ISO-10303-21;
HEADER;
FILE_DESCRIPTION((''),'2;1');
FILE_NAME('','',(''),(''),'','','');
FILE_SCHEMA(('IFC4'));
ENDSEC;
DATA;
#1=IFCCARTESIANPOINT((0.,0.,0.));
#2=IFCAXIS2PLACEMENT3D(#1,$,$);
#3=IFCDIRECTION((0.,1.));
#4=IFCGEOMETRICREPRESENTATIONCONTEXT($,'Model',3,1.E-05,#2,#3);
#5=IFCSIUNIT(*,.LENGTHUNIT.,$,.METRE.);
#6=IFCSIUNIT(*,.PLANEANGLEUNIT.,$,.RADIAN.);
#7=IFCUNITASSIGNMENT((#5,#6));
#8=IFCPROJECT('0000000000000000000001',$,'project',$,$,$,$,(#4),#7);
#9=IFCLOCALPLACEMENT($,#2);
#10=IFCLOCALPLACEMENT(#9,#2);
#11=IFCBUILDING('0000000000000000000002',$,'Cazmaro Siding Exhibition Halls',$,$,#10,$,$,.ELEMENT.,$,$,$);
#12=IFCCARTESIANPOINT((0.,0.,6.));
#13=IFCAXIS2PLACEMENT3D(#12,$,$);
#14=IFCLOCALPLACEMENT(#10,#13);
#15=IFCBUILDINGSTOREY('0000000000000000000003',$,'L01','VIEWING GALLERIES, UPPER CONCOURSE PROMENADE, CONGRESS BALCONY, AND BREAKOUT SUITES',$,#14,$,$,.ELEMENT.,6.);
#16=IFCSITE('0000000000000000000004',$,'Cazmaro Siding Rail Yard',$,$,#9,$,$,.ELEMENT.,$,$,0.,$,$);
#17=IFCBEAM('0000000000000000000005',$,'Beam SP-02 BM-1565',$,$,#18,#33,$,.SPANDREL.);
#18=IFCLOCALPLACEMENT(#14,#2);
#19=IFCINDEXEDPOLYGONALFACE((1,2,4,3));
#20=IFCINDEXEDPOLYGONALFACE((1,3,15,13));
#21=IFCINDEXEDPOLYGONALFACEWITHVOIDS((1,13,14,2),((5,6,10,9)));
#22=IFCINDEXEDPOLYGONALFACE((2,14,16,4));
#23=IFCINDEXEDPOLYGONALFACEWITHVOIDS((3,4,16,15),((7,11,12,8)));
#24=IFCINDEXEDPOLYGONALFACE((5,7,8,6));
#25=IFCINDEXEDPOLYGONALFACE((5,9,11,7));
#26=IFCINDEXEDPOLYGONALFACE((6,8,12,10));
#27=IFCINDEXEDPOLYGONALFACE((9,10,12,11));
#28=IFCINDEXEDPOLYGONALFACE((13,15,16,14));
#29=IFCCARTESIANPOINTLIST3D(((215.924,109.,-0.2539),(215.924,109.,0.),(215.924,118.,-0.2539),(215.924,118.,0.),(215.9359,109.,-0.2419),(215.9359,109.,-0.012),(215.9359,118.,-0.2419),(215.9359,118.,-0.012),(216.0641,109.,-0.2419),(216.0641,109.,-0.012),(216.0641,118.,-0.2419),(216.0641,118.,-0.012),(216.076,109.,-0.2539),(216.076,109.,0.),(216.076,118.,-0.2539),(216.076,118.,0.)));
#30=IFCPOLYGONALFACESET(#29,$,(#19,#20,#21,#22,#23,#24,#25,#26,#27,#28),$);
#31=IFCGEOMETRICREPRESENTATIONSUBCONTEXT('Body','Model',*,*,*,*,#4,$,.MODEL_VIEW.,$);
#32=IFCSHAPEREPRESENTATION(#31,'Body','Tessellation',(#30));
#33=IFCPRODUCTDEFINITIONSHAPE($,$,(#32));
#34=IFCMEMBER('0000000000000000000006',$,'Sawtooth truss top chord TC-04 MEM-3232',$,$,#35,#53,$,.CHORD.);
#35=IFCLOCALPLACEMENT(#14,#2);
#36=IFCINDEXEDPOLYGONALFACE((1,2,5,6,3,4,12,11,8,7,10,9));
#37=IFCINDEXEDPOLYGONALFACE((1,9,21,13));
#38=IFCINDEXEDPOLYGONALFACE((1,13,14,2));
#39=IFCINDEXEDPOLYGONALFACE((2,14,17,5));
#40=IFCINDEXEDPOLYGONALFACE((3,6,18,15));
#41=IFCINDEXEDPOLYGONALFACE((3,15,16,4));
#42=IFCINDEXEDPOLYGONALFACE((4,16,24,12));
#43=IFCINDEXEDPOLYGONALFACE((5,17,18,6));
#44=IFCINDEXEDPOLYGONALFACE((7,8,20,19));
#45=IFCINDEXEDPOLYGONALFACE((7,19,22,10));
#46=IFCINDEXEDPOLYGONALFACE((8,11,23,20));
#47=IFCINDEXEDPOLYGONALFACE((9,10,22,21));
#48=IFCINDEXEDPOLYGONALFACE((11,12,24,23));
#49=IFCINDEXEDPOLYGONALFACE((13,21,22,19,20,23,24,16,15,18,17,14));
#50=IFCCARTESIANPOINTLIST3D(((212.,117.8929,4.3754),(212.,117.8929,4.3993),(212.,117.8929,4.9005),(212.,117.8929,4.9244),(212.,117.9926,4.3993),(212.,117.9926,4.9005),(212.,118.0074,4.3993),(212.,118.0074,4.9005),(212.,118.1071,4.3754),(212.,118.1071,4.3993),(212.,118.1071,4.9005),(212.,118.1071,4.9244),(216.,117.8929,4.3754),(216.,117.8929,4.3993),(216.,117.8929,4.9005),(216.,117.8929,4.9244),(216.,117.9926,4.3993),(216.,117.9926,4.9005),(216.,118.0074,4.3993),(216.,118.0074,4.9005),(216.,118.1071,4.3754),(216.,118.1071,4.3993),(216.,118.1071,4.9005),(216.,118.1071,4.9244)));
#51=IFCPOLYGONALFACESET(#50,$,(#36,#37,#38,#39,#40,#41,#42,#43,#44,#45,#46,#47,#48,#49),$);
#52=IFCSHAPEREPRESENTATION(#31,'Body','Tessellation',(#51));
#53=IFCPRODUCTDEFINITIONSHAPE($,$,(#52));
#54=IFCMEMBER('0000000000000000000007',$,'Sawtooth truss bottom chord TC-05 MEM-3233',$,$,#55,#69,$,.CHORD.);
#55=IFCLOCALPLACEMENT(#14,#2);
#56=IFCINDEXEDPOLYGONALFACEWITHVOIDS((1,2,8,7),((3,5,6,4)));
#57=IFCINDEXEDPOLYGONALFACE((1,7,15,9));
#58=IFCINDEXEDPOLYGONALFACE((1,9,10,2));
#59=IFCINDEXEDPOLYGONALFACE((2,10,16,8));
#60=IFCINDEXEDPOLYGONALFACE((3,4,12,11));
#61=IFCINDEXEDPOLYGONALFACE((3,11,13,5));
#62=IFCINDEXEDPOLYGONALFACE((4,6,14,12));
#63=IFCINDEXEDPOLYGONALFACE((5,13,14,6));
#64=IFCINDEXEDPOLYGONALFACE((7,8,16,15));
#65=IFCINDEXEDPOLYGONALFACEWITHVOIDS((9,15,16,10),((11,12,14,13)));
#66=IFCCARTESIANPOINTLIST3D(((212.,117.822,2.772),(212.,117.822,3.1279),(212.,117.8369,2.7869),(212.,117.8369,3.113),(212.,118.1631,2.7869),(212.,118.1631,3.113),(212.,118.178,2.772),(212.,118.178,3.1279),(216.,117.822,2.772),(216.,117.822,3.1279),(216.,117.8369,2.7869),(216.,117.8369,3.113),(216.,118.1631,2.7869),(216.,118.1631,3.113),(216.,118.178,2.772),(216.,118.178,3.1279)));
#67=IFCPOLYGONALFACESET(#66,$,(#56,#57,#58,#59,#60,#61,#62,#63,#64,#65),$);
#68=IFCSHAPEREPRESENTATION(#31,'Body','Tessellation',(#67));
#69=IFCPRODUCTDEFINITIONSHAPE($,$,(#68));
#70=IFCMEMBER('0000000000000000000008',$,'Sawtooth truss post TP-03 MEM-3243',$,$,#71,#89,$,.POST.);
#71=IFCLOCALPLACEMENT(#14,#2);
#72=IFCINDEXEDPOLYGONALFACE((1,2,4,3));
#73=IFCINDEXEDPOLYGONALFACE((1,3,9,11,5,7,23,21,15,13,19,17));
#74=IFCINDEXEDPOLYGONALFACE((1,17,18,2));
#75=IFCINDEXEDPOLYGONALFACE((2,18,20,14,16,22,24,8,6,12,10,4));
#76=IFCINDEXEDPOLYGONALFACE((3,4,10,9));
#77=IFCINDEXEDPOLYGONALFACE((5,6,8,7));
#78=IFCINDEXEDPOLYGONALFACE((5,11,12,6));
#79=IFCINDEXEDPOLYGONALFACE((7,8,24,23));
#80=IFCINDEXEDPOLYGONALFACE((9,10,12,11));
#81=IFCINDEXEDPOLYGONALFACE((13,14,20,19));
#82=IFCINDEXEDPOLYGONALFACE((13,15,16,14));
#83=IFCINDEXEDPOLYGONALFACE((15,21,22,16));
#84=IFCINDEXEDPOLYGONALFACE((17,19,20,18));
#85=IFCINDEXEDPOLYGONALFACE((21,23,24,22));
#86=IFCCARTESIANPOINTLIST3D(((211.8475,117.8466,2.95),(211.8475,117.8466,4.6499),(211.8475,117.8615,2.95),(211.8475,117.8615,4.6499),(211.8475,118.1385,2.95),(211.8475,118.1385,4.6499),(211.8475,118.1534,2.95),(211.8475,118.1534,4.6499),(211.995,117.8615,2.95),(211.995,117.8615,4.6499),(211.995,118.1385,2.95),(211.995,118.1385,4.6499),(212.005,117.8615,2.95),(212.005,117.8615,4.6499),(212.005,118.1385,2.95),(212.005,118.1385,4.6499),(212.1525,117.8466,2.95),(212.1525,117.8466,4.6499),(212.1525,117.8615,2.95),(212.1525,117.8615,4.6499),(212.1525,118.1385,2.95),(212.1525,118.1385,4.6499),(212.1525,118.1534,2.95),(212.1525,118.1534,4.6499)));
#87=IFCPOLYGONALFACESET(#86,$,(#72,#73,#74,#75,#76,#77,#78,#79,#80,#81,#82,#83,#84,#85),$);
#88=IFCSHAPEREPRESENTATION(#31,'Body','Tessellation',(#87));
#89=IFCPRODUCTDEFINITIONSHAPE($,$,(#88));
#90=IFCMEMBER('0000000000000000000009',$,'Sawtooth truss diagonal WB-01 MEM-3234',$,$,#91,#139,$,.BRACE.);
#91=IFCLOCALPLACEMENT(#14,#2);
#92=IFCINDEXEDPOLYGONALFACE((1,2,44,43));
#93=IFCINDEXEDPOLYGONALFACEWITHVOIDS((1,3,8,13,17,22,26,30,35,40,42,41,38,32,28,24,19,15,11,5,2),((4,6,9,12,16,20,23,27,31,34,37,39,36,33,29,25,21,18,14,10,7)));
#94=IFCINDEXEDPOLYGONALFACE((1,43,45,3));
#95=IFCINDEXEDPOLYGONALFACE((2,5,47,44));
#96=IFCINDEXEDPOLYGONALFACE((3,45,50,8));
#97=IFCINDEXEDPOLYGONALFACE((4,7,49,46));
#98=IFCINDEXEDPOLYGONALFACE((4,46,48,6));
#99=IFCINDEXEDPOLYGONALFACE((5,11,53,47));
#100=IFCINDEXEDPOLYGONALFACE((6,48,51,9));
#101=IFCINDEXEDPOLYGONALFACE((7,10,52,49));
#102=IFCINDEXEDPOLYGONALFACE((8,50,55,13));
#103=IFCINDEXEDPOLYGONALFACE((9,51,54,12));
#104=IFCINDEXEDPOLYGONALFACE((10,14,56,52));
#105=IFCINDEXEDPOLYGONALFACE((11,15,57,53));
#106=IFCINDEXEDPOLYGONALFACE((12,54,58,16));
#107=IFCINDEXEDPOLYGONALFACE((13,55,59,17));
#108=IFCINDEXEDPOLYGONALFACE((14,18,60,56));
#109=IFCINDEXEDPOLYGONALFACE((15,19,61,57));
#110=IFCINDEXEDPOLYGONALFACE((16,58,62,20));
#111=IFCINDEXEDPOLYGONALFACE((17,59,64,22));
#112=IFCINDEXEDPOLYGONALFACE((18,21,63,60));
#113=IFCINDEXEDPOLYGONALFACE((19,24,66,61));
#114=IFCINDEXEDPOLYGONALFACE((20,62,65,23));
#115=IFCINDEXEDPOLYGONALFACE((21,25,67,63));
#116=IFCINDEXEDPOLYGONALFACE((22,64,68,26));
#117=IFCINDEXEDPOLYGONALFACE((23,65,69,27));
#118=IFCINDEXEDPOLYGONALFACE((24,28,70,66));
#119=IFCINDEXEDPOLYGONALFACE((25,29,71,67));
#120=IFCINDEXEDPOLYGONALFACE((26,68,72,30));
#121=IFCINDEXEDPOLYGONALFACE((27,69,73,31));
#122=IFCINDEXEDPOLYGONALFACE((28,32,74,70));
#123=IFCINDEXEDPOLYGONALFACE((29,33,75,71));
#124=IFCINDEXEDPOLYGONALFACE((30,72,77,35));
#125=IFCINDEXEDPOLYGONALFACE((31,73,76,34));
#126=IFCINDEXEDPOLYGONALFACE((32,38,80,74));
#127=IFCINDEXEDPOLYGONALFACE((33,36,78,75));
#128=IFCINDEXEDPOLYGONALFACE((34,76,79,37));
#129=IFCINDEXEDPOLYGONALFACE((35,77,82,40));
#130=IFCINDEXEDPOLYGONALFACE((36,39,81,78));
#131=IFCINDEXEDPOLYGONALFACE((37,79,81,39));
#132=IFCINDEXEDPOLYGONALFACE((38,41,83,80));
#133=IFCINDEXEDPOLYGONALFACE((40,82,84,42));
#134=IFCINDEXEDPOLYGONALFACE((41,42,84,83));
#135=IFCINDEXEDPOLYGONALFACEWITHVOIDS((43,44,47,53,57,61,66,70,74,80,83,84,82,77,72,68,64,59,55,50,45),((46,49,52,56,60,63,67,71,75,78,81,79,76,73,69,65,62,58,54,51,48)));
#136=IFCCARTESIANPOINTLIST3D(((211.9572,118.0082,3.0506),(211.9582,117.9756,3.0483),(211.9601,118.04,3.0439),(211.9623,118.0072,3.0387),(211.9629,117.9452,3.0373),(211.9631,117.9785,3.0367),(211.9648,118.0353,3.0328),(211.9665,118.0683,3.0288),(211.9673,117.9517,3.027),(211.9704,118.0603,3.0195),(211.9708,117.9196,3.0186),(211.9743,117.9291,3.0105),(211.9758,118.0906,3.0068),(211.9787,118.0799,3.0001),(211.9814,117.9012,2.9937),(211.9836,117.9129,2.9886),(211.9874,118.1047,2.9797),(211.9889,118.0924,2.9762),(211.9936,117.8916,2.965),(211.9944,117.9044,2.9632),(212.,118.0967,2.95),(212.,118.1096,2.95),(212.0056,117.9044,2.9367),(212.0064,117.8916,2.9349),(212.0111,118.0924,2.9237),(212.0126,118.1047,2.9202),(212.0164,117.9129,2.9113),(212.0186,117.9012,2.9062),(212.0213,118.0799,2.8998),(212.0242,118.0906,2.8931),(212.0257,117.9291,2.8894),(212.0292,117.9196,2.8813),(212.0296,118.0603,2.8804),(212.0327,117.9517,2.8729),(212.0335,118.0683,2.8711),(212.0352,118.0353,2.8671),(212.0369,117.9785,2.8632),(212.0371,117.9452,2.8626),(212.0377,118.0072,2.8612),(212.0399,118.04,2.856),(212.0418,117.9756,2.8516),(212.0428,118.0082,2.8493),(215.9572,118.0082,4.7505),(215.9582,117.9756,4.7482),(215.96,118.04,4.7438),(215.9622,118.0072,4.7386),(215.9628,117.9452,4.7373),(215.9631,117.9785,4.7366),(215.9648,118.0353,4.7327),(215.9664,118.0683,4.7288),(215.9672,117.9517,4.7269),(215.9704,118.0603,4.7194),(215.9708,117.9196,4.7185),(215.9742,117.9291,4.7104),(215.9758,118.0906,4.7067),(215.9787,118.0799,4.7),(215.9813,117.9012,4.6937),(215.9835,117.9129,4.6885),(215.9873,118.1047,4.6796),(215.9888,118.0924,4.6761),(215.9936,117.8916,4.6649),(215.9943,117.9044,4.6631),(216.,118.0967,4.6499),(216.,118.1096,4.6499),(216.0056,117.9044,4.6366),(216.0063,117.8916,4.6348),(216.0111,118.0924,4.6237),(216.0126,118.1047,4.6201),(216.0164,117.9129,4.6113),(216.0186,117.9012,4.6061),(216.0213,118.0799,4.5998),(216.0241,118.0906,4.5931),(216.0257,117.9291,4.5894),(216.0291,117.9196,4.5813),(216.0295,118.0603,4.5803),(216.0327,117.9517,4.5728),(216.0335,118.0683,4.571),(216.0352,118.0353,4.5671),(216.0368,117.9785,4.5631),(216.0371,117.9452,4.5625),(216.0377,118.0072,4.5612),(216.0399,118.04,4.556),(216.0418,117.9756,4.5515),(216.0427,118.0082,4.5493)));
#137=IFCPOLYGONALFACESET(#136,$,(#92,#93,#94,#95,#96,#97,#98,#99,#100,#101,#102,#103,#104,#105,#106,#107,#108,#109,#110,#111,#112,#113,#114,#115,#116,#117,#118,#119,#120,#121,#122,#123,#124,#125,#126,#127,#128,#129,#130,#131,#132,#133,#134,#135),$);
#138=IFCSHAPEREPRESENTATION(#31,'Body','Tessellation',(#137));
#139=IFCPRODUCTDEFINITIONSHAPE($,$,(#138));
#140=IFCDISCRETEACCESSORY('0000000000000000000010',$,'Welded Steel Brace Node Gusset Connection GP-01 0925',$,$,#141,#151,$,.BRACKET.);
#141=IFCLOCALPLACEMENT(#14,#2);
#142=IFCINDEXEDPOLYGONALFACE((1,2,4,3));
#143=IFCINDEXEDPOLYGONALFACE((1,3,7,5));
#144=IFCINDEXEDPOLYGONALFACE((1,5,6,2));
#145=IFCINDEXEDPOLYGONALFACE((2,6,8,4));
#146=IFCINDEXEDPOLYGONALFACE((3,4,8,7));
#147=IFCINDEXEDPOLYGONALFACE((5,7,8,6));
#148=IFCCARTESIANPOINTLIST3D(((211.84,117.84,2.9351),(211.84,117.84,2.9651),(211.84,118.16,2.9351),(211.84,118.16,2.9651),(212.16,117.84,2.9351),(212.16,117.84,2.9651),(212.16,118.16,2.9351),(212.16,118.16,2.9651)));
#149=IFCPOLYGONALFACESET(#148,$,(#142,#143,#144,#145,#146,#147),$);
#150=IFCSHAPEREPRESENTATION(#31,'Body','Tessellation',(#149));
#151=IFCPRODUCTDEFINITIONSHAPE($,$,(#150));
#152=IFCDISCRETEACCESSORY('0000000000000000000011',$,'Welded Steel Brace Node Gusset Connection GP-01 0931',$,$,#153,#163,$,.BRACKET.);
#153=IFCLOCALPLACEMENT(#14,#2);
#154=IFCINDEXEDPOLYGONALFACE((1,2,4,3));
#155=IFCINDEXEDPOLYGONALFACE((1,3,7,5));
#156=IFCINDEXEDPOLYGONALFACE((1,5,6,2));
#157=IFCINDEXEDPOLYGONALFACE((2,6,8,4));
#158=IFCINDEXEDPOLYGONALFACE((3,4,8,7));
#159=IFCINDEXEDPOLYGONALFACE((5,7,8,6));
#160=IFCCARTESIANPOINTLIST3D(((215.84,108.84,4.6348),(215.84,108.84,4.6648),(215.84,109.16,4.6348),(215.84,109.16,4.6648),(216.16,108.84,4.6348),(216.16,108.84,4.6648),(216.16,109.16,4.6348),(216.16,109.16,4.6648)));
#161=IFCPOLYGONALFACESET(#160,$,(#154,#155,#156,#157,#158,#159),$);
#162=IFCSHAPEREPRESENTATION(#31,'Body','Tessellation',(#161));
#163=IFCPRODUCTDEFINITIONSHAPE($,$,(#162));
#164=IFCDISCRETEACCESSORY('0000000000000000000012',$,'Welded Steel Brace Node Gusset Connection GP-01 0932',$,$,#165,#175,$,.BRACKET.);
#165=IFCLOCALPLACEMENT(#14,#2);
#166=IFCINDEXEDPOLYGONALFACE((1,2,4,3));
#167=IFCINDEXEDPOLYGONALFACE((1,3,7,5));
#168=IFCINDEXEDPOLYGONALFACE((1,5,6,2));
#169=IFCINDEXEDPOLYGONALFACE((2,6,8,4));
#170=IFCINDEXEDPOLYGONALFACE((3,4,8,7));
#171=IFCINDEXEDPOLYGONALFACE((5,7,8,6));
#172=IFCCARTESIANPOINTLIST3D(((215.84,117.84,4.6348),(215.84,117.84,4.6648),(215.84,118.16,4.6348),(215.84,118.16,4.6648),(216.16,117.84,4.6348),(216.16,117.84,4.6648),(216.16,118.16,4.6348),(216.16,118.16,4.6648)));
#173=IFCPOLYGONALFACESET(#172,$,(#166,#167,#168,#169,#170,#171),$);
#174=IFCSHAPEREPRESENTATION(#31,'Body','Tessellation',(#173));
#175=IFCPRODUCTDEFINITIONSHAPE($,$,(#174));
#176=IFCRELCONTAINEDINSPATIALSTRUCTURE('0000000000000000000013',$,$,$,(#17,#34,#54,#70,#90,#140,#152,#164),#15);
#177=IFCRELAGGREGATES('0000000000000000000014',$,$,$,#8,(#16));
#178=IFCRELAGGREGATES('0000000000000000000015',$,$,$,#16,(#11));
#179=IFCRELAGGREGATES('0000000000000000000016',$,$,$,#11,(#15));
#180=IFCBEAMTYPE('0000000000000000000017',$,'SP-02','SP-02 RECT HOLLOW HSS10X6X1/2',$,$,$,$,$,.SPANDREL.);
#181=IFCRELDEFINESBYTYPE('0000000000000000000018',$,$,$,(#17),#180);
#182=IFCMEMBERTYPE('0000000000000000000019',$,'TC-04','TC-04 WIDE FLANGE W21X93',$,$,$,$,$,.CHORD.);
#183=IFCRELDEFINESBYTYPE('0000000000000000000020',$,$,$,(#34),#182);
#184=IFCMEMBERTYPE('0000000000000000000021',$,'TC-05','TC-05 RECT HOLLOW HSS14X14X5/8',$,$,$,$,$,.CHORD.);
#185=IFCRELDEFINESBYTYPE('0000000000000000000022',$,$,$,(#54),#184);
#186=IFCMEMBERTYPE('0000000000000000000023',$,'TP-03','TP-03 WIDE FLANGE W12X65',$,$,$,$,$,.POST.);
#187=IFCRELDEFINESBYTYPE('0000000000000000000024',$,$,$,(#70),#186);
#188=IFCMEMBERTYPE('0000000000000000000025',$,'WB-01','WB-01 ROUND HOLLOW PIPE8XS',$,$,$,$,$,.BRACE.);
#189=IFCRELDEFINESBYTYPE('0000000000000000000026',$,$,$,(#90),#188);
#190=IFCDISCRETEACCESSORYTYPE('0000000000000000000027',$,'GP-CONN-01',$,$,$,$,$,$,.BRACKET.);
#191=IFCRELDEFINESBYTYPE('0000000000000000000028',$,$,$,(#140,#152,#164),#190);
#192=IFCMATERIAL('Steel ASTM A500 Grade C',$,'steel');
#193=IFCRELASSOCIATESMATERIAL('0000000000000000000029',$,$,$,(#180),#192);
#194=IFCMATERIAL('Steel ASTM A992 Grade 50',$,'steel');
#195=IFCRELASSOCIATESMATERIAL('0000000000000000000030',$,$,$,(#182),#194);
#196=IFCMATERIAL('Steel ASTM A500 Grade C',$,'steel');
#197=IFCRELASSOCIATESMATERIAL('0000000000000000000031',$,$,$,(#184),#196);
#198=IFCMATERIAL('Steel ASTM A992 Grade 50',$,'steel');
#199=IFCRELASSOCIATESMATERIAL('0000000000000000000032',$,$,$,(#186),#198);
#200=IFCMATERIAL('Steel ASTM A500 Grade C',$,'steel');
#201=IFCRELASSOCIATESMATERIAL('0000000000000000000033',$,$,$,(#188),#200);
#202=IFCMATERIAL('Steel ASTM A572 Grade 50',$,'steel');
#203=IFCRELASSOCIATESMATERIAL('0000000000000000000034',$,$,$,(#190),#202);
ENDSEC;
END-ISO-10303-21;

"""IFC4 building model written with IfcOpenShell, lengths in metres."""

from ifc_helpers import new_model, si_unit, direction, frame, origin, origin_2d, place, context, subcontext, project, spatial, rectangle, hollow_rectangle, hollow_circle, i_section, extrude, material, material_profile, profile_set, type_object, element, save


model = new_model("IFC4")

# Units and contexts
model_context = context("Model", 3, precision=1e-05, world=origin(), true_north=direction((0.0, 1.0)))
body_context = subcontext(model_context, "Body", "Model", "MODEL_VIEW")
ifc_project = project(units=[si_unit("LENGTHUNIT", "METRE"), si_unit("PLANEANGLEUNIT", "RADIAN")], contexts=[model_context])

# Site, building, storey
site_placement = place(None, origin())
site = spatial("IfcSite", under=ifc_project, at=site_placement, Name="Cazmaro Siding Rail Yard", CompositionType="ELEMENT", RefElevation=0.0)
building_placement = place(site_placement, origin())
building = spatial("IfcBuilding", under=site, at=building_placement, Name="Cazmaro Siding Exhibition Halls", CompositionType="ELEMENT")
storey_placement = place(building_placement, frame((0.0, 0.0, 6.0)))
storey = spatial("IfcBuildingStorey", under=building, at=storey_placement, Name="L01", Description="VIEWING GALLERIES, UPPER CONCOURSE PROMENADE, CONGRESS BALCONY, AND BREAKOUT SUITES", CompositionType="ELEMENT", Elevation=6.0)

# Beam
ifc_material_1 = material(Name="Steel ASTM A500 Grade C", Category="steel")
ifc_material_profile_1 = material_profile(ifc_material_1, hollow_rectangle(XDim=0.1521, YDim=0.2539, WallThickness=0.012, at=origin_2d()), Name="HSS10X6X1/2")
ifc_profile_set_1 = profile_set([ifc_material_profile_1], Name="Steel ASTM A500 Grade C")
beam_type_1 = type_object("IfcBeamType", Name="SP-02", Description="SP-02 RECT HOLLOW HSS10X6X1/2", PredefinedType="SPANDREL", material=ifc_profile_set_1)
beam_1_placement = place(storey_placement, frame((216.0, 109.0, -0.127), z_axis=(0.0, 1.0, 0.0), x_axis=(-1.0, 0.0, 0.0)))
element("IfcBeam", 1, at=beam_1_placement, inside=storey, type_object=beam_type_1, Name="Beam SP-02 BM-1565", PredefinedType="SPANDREL", context=body_context, shape_type="SweptSolid", body=[
    extrude(hollow_rectangle(XDim=0.1521, YDim=0.2539, WallThickness=0.012, at=origin_2d()), origin(), (0.0, 0.0, 1.0), 9.0),
])

# Members
ifc_material_2 = material(Name="Steel ASTM A992 Grade 50", Category="steel")
ifc_material_profile_2 = material_profile(ifc_material_2, i_section(OverallWidth=0.2141, OverallDepth=0.5491, WebThickness=0.0149, FlangeThickness=0.0239, at=origin_2d()), Name="W21X93")
ifc_profile_set_2 = profile_set([ifc_material_profile_2], Name="Steel ASTM A992 Grade 50")
member_type_1 = type_object("IfcMemberType", Name="TC-04", Description="TC-04 WIDE FLANGE W21X93", PredefinedType="CHORD", material=ifc_profile_set_2)
member_1_placement = place(storey_placement, frame((212.0, 118.0, 4.6499), z_axis=(1.0, 0.0, 0.0), x_axis=(0.0, 1.0, 0.0)))
element("IfcMember", 2, at=member_1_placement, inside=storey, type_object=member_type_1, Name="Sawtooth truss top chord TC-04 MEM-3232", PredefinedType="CHORD", context=body_context, shape_type="SweptSolid", body=[
    extrude(i_section(OverallWidth=0.2141, OverallDepth=0.5491, WebThickness=0.0149, FlangeThickness=0.0239, at=origin_2d()), origin(), (0.0, 0.0, 1.0), 4.0),
])
ifc_material_3 = material(Name="Steel ASTM A500 Grade C", Category="steel")
ifc_material_profile_3 = material_profile(ifc_material_3, hollow_rectangle(XDim=0.356, YDim=0.356, WallThickness=0.0149, at=origin_2d()), Name="HSS14X14X5/8")
ifc_profile_set_3 = profile_set([ifc_material_profile_3], Name="Steel ASTM A500 Grade C")
member_type_2 = type_object("IfcMemberType", Name="TC-05", Description="TC-05 RECT HOLLOW HSS14X14X5/8", PredefinedType="CHORD", material=ifc_profile_set_3)
member_2_placement = place(storey_placement, frame((212.0, 118.0, 2.95), z_axis=(1.0, 0.0, 0.0), x_axis=(0.0, 1.0, 0.0)))
element("IfcMember", 3, at=member_2_placement, inside=storey, type_object=member_type_2, Name="Sawtooth truss bottom chord TC-05 MEM-3233", PredefinedType="CHORD", context=body_context, shape_type="SweptSolid", body=[
    extrude(hollow_rectangle(XDim=0.356, YDim=0.356, WallThickness=0.0149, at=origin_2d()), origin(), (0.0, 0.0, 1.0), 4.0),
])
ifc_material_4 = material(Name="Steel ASTM A992 Grade 50", Category="steel")
ifc_material_profile_4 = material_profile(ifc_material_4, i_section(OverallWidth=0.3049, OverallDepth=0.3069, WebThickness=0.01, FlangeThickness=0.0149, at=origin_2d()), Name="W12X65")
ifc_profile_set_4 = profile_set([ifc_material_profile_4], Name="Steel ASTM A992 Grade 50")
member_type_3 = type_object("IfcMemberType", Name="TP-03", Description="TP-03 WIDE FLANGE W12X65", PredefinedType="POST", material=ifc_profile_set_4)
member_3_placement = place(storey_placement, frame((212.0, 118.0, 2.95), z_axis=(0.0, 0.0, 1.0), x_axis=(1.0, 0.0, 0.0)))
element("IfcMember", 4, at=member_3_placement, inside=storey, type_object=member_type_3, Name="Sawtooth truss post TP-03 MEM-3243", PredefinedType="POST", context=body_context, shape_type="SweptSolid", body=[
    extrude(i_section(OverallWidth=0.3049, OverallDepth=0.3069, WebThickness=0.01, FlangeThickness=0.0149, at=origin_2d()), origin(), (0.0, 0.0, 1.0), 1.7),
])
ifc_material_5 = material(Name="Steel ASTM A500 Grade C", Category="steel")
ifc_material_profile_5 = material_profile(ifc_material_5, hollow_circle(Radius=0.1096, WallThickness=0.0129, at=origin_2d()), Name="PIPE8XS")
ifc_profile_set_5 = profile_set([ifc_material_profile_5], Name="Steel ASTM A500 Grade C")
member_type_4 = type_object("IfcMemberType", Name="WB-01", Description="WB-01 ROUND HOLLOW PIPE8XS", PredefinedType="BRACE", material=ifc_profile_set_5)
member_4_placement = place(storey_placement, frame((212.0, 118.0, 2.95), z_axis=(0.920335, 0.0, 0.391131), x_axis=(0.0, 1.0, 0.0)))
element("IfcMember", 5, at=member_4_placement, inside=storey, type_object=member_type_4, Name="Sawtooth truss diagonal WB-01 MEM-3234", PredefinedType="BRACE", context=body_context, shape_type="SweptSolid", body=[
    extrude(hollow_circle(Radius=0.1096, WallThickness=0.0129, at=origin_2d()), origin(), (0.0, 0.0, 1.0), 4.3462),
])

# Discrete accessories
ifc_material_6 = material(Name="Steel ASTM A572 Grade 50", Category="steel")
discrete_accessory_type = type_object("IfcDiscreteAccessoryType", Name="GP-CONN-01", PredefinedType="BRACKET", material=ifc_material_6)
for number, where, z_axis, x_axis, name in (
    (6, (212.0, 118.0, 2.9351), (0.0, 0.0, 1.0), (1.0, 0.0, 0.0), "Welded Steel Brace Node Gusset Connection GP-01 0925"),
    (7, (216.0, 109.0, 4.6348), (0.0, 0.0, 1.0), (1.0, 0.0, 0.0), "Welded Steel Brace Node Gusset Connection GP-01 0931"),
    (8, (216.0, 118.0, 4.6348), (0.0, 0.0, 1.0), (1.0, 0.0, 0.0), "Welded Steel Brace Node Gusset Connection GP-01 0932"),
):
    element("IfcDiscreteAccessory", number, at=place(storey_placement, frame(where, z_axis=z_axis, x_axis=x_axis)), inside=storey, type_object=discrete_accessory_type, Name=name, PredefinedType="BRACKET", context=body_context, shape_type="SweptSolid", body=[
        extrude(rectangle(XDim=0.3201, YDim=0.3201, at=origin_2d()), origin(), (0.0, 0.0, 1.0), 0.03),
    ])

save(model, "model.ifc")
